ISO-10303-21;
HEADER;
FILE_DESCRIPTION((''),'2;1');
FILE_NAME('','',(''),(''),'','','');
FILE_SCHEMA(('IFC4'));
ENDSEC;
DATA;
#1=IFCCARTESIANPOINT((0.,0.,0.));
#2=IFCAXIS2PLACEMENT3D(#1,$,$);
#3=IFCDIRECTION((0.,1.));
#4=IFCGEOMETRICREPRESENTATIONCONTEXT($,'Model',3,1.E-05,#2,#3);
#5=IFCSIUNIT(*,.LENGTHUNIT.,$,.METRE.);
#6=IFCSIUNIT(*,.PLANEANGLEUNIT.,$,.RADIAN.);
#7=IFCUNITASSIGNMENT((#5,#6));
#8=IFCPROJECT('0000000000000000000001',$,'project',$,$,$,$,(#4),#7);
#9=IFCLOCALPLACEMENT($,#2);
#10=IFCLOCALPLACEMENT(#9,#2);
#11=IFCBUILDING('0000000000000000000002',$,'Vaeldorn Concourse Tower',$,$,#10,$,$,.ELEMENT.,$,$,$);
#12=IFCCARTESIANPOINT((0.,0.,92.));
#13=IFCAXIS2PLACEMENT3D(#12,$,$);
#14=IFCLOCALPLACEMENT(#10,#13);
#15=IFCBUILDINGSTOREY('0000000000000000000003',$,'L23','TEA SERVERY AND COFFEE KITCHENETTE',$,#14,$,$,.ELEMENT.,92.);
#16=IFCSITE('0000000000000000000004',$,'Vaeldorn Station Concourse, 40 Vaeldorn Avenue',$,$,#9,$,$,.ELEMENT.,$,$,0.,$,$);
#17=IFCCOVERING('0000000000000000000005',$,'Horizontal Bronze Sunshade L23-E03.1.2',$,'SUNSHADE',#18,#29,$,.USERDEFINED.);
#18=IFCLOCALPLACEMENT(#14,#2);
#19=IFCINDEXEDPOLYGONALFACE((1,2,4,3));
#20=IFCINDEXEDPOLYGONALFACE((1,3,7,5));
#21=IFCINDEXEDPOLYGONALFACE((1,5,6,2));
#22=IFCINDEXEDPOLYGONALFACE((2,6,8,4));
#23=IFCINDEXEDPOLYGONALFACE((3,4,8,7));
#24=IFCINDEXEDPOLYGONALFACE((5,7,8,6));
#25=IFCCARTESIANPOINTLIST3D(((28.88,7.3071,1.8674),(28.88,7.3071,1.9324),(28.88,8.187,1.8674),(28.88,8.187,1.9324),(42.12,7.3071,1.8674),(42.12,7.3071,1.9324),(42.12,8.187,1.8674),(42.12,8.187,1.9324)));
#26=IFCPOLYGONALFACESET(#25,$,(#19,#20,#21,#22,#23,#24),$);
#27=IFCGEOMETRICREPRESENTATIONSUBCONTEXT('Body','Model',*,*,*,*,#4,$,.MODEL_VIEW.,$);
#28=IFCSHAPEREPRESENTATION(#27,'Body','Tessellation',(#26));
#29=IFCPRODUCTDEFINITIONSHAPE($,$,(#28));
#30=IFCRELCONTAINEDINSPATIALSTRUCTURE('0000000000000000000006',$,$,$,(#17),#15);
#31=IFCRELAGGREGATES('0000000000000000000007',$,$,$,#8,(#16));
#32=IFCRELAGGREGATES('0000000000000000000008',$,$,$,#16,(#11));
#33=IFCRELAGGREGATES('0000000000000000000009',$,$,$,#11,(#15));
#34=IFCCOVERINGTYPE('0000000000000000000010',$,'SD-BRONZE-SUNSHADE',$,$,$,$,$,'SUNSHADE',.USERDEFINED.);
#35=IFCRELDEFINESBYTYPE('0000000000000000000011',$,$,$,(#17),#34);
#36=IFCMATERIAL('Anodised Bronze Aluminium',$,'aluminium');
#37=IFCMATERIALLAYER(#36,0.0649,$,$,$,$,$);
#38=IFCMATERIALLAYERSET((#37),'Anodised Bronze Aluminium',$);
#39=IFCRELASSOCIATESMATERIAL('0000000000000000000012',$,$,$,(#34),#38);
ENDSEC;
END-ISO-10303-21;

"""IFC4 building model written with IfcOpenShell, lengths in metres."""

from ifc_helpers import new_model, si_unit, direction, frame, origin, origin_2d, place, context, subcontext, project, spatial, rectangle, extrude, source, transform, mapped, material, layer, layer_set, type_object, element, save


model = new_model("IFC4")

# Units and contexts
model_context = context("Model", 3, precision=1e-05, world=origin(), true_north=direction((0.0, 1.0)))
body_context = subcontext(model_context, "Body", "Model", "MODEL_VIEW")
ifc_project = project(units=[si_unit("LENGTHUNIT", "METRE"), si_unit("PLANEANGLEUNIT", "RADIAN")], contexts=[model_context])

# Site, building, storey
site_placement = place(None, origin())
site = spatial("IfcSite", under=ifc_project, at=site_placement, Name="Vaeldorn Station Concourse, 40 Vaeldorn Avenue", CompositionType="ELEMENT", RefElevation=0.0)
building_placement = place(site_placement, origin())
building = spatial("IfcBuilding", under=site, at=building_placement, Name="Vaeldorn Concourse Tower", CompositionType="ELEMENT")
storey_placement = place(building_placement, frame((0.0, 0.0, 92.0)))
storey = spatial("IfcBuildingStorey", under=building, at=storey_placement, Name="L23", Description="TEA SERVERY AND COFFEE KITCHENETTE", CompositionType="ELEMENT", Elevation=92.0)

# Shared definitions
ifc_material_1 = material(Name="Anodised Bronze Aluminium", Category="aluminium")

# Covering
ifc_layer_1 = layer(ifc_material_1, 0.0649)
ifc_layer_set_1 = layer_set([ifc_layer_1], Name="Anodised Bronze Aluminium")
covering_type = type_object("IfcCoveringType", Name="SD-BRONZE-SUNSHADE", ElementType="SUNSHADE", PredefinedType="USERDEFINED", material=ifc_layer_set_1)
shared_shape_1 = source(origin(), body_context, "Body", "SweptSolid", [
    extrude(rectangle(XDim=13.24, YDim=0.8799, at=origin_2d()), origin(), (0.0, 0.0, 1.0), 0.0649),
])
for number, where, z_axis, x_axis, name in (
    (1, (35.5, 7.7471, 1.8674), (0.0, 0.0, 1.0), (1.0, 0.0, 0.0), "Horizontal Bronze Sunshade L23-E03.1.2"),
):
    element("IfcCovering", number, at=place(storey_placement, frame(where, z_axis=z_axis, x_axis=x_axis)), inside=storey, type_object=covering_type, Name=name, ObjectType="SUNSHADE", PredefinedType="USERDEFINED", context=body_context, shape_type="MappedRepresentation", body=[
        mapped(shared_shape_1, transform((0.0, 0.0, 0.0), scale=1.0)),
    ])

save(model, "model.ifc")
